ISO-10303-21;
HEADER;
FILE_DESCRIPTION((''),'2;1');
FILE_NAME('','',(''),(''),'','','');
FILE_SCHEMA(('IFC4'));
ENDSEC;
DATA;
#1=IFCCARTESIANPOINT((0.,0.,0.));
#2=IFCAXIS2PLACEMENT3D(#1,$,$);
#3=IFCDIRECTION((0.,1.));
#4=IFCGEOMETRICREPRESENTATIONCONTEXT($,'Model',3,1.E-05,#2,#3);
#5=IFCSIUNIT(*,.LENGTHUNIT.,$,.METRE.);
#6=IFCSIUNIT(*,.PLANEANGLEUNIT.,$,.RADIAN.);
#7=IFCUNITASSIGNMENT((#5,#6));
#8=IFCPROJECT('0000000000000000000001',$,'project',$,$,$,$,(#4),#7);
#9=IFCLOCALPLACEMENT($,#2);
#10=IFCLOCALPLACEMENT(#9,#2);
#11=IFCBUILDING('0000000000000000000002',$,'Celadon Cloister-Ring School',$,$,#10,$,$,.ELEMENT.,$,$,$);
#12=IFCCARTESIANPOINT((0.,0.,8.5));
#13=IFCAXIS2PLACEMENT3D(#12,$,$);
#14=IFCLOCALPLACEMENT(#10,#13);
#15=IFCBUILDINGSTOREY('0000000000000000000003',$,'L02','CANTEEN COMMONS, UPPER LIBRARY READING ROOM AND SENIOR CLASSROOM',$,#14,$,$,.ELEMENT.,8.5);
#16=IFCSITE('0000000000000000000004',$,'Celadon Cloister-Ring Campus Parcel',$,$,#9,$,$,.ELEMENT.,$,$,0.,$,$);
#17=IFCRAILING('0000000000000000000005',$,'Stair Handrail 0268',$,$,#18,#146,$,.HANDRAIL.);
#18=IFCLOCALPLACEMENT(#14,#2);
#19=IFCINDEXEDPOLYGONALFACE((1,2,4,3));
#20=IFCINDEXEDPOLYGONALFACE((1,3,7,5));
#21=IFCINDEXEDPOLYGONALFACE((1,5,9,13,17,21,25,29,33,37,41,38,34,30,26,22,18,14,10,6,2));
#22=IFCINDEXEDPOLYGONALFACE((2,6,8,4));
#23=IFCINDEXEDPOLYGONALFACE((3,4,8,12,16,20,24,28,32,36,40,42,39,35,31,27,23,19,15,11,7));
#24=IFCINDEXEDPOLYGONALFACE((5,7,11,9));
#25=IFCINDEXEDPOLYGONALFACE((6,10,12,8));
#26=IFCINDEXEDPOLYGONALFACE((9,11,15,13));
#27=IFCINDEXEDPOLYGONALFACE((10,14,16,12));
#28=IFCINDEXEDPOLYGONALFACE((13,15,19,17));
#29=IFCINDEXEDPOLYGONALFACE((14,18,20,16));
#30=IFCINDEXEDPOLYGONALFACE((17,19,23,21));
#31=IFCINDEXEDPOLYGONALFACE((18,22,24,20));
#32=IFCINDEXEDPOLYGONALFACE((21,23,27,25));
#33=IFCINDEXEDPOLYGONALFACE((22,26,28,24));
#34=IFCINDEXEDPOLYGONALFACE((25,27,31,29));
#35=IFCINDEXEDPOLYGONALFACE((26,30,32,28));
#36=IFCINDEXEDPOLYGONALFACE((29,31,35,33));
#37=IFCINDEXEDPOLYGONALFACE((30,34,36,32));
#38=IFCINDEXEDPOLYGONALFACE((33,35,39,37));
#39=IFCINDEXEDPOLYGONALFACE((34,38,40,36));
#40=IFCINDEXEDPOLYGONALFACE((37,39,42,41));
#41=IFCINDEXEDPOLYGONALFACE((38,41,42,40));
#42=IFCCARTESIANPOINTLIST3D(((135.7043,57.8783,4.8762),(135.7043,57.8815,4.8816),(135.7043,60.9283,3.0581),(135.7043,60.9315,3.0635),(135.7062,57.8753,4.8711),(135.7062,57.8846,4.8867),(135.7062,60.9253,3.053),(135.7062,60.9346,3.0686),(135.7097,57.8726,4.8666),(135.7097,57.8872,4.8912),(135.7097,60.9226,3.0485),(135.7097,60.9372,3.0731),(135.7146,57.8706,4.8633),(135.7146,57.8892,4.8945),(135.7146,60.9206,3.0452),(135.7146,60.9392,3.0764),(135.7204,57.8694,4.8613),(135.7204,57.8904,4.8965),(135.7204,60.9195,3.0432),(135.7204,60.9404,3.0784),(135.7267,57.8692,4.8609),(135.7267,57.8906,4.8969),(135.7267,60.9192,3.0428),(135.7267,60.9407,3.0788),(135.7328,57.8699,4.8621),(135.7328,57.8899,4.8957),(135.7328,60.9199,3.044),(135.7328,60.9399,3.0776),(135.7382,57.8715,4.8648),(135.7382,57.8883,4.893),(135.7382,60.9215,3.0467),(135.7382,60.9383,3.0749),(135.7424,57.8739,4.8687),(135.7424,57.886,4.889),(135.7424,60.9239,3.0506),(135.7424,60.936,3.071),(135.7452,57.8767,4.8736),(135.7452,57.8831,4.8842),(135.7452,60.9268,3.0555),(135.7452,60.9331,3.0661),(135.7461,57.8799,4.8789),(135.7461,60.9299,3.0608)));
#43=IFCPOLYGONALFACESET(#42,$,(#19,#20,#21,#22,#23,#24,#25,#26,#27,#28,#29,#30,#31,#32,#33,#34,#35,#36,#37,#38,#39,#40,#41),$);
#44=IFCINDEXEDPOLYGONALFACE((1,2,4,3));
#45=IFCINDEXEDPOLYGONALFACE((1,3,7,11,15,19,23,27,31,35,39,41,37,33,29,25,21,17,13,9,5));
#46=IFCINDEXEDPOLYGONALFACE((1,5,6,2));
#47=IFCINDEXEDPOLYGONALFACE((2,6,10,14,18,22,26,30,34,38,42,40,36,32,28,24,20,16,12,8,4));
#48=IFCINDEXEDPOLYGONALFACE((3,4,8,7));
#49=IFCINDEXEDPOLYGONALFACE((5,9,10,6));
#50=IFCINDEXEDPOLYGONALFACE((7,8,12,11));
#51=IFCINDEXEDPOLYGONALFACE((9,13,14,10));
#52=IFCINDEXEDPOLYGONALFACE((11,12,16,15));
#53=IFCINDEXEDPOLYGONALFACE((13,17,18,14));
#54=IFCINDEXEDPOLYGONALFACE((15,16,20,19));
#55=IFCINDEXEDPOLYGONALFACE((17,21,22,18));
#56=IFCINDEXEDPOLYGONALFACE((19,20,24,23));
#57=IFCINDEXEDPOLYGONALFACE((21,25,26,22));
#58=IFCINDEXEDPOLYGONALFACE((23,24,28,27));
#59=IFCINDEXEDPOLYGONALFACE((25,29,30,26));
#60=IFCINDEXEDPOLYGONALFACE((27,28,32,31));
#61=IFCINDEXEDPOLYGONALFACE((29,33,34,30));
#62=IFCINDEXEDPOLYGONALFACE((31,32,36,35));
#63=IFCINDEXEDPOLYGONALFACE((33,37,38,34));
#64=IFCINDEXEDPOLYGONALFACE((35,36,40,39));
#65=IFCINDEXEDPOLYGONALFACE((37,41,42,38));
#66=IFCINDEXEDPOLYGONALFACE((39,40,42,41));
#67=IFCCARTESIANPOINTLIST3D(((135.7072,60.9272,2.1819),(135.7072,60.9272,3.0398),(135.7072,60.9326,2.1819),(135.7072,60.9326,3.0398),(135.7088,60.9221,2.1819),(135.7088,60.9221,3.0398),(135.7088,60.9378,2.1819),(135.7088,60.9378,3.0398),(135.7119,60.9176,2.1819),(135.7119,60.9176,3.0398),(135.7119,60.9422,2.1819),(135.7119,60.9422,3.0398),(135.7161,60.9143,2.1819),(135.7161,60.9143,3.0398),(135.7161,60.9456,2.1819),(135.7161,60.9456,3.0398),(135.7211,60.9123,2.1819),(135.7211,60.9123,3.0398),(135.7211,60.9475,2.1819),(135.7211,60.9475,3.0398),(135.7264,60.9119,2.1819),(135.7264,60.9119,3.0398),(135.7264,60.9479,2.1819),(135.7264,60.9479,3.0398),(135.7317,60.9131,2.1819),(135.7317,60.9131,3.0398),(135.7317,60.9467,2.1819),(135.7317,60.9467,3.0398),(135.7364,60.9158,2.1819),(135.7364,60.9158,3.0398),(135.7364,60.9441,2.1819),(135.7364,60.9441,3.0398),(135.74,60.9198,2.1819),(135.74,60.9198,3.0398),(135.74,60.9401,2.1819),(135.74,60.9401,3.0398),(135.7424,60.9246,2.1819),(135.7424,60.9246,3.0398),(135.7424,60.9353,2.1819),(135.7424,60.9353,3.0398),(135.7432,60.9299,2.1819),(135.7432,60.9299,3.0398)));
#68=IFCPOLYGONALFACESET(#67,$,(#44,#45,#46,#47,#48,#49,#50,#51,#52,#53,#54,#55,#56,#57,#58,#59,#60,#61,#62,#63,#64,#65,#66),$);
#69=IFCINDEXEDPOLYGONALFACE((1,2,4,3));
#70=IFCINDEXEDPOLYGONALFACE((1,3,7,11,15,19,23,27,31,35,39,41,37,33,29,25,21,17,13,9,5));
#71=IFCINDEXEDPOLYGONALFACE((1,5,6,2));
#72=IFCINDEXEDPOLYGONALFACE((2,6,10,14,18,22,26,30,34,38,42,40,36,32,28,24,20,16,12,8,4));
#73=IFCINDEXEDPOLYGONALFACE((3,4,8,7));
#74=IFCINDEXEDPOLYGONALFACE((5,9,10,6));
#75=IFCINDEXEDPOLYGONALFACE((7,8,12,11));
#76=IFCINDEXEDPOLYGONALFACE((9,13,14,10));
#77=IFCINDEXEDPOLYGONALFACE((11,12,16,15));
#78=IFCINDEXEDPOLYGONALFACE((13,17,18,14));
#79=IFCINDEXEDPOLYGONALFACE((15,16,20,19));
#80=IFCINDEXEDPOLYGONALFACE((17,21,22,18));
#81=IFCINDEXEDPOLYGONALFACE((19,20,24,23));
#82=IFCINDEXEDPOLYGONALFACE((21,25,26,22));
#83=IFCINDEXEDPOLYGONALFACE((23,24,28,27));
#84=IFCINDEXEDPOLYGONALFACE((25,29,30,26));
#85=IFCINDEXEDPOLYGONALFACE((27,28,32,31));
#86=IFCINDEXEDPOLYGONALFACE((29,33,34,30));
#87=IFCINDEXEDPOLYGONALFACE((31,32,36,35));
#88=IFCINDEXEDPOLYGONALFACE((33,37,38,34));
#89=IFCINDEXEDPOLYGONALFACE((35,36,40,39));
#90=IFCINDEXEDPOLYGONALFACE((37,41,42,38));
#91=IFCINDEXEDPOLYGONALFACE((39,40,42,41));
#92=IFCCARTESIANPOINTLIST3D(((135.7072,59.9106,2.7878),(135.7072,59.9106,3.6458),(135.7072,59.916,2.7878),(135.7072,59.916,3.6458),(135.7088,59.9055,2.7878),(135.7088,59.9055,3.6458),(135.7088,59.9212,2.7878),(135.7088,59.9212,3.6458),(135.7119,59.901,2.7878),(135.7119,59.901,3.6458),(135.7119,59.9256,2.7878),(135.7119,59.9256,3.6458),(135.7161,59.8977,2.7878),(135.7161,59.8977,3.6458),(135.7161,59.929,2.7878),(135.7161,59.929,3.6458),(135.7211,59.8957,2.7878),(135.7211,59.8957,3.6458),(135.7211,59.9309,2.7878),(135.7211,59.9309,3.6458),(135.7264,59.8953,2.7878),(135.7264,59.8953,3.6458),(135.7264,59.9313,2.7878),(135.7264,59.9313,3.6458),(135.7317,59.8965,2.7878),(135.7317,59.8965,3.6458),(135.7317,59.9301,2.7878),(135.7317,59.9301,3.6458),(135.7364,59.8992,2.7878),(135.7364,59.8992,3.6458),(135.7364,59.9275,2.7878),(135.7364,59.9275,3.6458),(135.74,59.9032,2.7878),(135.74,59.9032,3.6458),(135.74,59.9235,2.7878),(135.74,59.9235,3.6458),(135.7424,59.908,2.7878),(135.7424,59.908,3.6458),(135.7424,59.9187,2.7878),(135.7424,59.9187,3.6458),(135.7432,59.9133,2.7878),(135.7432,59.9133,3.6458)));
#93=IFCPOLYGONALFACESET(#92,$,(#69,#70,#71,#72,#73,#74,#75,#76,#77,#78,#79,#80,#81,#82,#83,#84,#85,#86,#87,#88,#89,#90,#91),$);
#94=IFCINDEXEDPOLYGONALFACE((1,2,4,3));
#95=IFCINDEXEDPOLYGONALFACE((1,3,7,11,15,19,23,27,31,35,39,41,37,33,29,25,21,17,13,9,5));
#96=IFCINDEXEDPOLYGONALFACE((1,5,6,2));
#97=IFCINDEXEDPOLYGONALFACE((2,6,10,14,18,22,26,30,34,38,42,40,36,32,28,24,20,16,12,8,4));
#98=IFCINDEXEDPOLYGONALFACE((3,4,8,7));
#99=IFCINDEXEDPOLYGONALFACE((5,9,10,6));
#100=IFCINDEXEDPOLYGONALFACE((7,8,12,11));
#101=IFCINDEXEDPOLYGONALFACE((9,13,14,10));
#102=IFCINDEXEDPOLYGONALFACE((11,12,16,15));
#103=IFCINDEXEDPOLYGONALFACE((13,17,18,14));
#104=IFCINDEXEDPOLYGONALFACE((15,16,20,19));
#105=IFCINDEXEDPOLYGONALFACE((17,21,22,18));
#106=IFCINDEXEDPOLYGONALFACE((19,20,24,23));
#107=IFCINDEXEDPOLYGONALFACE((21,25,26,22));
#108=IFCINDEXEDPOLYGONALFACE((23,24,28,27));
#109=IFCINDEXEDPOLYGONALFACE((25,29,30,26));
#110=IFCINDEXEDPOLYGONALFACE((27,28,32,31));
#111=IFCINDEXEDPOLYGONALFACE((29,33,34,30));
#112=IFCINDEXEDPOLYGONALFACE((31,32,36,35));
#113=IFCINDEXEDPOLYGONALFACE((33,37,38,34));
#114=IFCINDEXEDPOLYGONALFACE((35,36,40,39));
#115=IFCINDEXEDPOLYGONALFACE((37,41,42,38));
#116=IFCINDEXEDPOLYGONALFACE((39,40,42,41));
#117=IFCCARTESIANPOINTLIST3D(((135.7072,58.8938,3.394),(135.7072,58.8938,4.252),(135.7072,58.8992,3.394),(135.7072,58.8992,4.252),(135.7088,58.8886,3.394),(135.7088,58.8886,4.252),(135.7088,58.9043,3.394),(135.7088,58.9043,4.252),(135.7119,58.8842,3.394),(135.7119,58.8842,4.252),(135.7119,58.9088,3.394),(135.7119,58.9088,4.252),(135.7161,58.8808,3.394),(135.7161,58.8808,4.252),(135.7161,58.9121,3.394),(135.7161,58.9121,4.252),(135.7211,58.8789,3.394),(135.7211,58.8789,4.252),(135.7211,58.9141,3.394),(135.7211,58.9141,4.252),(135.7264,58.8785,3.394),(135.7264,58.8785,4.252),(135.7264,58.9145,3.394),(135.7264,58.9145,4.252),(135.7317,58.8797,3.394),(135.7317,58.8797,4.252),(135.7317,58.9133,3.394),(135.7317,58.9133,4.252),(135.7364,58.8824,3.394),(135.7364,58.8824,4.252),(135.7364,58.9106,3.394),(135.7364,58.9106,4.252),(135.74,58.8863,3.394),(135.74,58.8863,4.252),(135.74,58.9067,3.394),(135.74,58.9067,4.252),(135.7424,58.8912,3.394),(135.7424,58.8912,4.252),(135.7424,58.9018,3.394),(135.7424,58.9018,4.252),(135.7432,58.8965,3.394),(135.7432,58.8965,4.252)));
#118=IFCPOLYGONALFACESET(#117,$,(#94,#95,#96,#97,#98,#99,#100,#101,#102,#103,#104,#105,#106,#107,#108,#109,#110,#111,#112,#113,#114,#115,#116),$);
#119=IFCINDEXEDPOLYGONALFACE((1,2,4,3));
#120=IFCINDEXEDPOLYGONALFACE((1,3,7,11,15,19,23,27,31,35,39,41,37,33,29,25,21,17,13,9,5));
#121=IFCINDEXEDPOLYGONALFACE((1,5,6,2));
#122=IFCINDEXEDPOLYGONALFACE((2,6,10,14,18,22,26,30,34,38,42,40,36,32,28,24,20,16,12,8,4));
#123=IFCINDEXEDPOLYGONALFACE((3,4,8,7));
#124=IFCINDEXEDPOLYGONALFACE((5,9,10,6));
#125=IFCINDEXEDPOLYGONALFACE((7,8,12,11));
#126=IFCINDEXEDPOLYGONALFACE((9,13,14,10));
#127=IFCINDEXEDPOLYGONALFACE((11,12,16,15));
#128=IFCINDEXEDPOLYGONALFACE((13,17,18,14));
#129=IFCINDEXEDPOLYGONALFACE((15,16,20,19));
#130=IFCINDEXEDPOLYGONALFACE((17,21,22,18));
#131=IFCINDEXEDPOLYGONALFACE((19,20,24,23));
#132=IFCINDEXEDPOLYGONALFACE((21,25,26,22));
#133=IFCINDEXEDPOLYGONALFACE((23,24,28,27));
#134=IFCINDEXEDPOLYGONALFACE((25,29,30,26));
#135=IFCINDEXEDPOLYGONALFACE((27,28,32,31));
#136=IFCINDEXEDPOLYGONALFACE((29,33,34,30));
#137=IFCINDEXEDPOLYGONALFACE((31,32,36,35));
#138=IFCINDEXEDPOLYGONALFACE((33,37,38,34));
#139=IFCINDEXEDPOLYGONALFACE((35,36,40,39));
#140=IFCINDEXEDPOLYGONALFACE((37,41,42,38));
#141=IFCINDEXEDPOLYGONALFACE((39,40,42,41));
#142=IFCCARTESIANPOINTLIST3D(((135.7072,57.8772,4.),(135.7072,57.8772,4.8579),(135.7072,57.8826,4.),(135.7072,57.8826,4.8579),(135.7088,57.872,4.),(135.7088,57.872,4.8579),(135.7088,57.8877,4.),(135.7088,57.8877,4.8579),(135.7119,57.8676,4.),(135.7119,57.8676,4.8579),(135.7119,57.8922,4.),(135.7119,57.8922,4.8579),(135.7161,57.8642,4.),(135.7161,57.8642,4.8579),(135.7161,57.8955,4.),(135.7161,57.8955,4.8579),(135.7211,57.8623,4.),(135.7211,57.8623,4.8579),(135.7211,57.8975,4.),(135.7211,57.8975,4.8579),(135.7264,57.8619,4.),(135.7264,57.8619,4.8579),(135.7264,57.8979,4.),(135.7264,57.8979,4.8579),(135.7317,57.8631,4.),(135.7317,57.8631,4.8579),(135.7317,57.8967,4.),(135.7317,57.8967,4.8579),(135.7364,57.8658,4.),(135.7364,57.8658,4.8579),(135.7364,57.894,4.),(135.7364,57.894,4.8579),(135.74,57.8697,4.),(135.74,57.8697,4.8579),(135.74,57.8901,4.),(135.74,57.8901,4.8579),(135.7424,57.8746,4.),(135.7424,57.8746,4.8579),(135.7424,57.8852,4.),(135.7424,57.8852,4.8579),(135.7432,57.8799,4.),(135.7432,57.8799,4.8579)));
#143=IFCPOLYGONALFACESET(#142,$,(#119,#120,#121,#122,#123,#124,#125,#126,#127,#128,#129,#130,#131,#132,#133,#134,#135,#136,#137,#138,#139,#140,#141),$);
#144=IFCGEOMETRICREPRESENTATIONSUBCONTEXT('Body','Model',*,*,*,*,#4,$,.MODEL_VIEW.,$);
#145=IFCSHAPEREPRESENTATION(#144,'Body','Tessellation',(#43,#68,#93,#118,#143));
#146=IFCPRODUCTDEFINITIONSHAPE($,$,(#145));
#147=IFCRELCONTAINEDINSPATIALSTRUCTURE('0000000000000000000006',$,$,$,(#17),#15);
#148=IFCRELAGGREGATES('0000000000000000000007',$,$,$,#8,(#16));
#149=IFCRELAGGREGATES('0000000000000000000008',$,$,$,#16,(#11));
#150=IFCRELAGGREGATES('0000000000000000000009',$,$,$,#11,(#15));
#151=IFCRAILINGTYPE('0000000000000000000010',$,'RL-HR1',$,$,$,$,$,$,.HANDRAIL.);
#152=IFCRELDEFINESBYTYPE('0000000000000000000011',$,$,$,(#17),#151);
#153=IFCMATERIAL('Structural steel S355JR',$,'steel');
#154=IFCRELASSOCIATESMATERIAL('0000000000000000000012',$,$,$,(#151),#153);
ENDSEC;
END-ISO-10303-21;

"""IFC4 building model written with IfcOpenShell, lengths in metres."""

from ifc_helpers import new_model, si_unit, direction, frame, origin, origin_2d, place, context, subcontext, project, spatial, circle, extrude, material, type_object, element, save


model = new_model("IFC4")

# Units and contexts
model_context = context("Model", 3, precision=1e-05, world=origin(), true_north=direction((0.0, 1.0)))
body_context = subcontext(model_context, "Body", "Model", "MODEL_VIEW")
ifc_project = project(units=[si_unit("LENGTHUNIT", "METRE"), si_unit("PLANEANGLEUNIT", "RADIAN")], contexts=[model_context])

# Site, building, storey
site_placement = place(None, origin())
site = spatial("IfcSite", under=ifc_project, at=site_placement, Name="Celadon Cloister-Ring Campus Parcel", CompositionType="ELEMENT", RefElevation=0.0)
building_placement = place(site_placement, origin())
building = spatial("IfcBuilding", under=site, at=building_placement, Name="Celadon Cloister-Ring School", CompositionType="ELEMENT")
storey_placement = place(building_placement, frame((0.0, 0.0, 8.5)))
storey = spatial("IfcBuildingStorey", under=building, at=storey_placement, Name="L02", Description="CANTEEN COMMONS, UPPER LIBRARY READING ROOM AND SENIOR CLASSROOM", CompositionType="ELEMENT", Elevation=8.5)

# Railing
ifc_material_1 = material(Name="Structural steel S355JR", Category="steel")
railing_type_1 = type_object("IfcRailingType", Name="RL-HR1", PredefinedType="HANDRAIL", material=ifc_material_1)
for number, where, name in (
    (1, (135.7251, 60.9299, 2.1819), "Stair Handrail 0268"),
):
    element("IfcRailing", number, at=place(storey_placement, frame(where)), inside=storey, type_object=railing_type_1, Name=name, PredefinedType="HANDRAIL", context=body_context, shape_type="SweptSolid", body=[
        extrude(circle(Radius=0.021, at=origin_2d()), frame((0.0, 0.0, 0.8789), z_axis=(0.0, -0.85897, 0.512026), x_axis=(1.0, 0.0, 0.0)), (0.0, 0.0, 1.0), 3.5508),
        extrude(circle(Radius=0.0181, at=origin_2d()), origin(), (0.0, 0.0, 1.0), 0.8579),
        extrude(circle(Radius=0.0181, at=origin_2d()), frame((0.0, -1.0166, 0.606)), (0.0, 0.0, 1.0), 0.8579),
        extrude(circle(Radius=0.0181, at=origin_2d()), frame((0.0, -2.0334, 1.2122)), (0.0, 0.0, 1.0), 0.8579),
        extrude(circle(Radius=0.0181, at=origin_2d()), frame((0.0, -3.05, 1.8181)), (0.0, 0.0, 1.0), 0.8579),
    ])

save(model, "model.ifc")
